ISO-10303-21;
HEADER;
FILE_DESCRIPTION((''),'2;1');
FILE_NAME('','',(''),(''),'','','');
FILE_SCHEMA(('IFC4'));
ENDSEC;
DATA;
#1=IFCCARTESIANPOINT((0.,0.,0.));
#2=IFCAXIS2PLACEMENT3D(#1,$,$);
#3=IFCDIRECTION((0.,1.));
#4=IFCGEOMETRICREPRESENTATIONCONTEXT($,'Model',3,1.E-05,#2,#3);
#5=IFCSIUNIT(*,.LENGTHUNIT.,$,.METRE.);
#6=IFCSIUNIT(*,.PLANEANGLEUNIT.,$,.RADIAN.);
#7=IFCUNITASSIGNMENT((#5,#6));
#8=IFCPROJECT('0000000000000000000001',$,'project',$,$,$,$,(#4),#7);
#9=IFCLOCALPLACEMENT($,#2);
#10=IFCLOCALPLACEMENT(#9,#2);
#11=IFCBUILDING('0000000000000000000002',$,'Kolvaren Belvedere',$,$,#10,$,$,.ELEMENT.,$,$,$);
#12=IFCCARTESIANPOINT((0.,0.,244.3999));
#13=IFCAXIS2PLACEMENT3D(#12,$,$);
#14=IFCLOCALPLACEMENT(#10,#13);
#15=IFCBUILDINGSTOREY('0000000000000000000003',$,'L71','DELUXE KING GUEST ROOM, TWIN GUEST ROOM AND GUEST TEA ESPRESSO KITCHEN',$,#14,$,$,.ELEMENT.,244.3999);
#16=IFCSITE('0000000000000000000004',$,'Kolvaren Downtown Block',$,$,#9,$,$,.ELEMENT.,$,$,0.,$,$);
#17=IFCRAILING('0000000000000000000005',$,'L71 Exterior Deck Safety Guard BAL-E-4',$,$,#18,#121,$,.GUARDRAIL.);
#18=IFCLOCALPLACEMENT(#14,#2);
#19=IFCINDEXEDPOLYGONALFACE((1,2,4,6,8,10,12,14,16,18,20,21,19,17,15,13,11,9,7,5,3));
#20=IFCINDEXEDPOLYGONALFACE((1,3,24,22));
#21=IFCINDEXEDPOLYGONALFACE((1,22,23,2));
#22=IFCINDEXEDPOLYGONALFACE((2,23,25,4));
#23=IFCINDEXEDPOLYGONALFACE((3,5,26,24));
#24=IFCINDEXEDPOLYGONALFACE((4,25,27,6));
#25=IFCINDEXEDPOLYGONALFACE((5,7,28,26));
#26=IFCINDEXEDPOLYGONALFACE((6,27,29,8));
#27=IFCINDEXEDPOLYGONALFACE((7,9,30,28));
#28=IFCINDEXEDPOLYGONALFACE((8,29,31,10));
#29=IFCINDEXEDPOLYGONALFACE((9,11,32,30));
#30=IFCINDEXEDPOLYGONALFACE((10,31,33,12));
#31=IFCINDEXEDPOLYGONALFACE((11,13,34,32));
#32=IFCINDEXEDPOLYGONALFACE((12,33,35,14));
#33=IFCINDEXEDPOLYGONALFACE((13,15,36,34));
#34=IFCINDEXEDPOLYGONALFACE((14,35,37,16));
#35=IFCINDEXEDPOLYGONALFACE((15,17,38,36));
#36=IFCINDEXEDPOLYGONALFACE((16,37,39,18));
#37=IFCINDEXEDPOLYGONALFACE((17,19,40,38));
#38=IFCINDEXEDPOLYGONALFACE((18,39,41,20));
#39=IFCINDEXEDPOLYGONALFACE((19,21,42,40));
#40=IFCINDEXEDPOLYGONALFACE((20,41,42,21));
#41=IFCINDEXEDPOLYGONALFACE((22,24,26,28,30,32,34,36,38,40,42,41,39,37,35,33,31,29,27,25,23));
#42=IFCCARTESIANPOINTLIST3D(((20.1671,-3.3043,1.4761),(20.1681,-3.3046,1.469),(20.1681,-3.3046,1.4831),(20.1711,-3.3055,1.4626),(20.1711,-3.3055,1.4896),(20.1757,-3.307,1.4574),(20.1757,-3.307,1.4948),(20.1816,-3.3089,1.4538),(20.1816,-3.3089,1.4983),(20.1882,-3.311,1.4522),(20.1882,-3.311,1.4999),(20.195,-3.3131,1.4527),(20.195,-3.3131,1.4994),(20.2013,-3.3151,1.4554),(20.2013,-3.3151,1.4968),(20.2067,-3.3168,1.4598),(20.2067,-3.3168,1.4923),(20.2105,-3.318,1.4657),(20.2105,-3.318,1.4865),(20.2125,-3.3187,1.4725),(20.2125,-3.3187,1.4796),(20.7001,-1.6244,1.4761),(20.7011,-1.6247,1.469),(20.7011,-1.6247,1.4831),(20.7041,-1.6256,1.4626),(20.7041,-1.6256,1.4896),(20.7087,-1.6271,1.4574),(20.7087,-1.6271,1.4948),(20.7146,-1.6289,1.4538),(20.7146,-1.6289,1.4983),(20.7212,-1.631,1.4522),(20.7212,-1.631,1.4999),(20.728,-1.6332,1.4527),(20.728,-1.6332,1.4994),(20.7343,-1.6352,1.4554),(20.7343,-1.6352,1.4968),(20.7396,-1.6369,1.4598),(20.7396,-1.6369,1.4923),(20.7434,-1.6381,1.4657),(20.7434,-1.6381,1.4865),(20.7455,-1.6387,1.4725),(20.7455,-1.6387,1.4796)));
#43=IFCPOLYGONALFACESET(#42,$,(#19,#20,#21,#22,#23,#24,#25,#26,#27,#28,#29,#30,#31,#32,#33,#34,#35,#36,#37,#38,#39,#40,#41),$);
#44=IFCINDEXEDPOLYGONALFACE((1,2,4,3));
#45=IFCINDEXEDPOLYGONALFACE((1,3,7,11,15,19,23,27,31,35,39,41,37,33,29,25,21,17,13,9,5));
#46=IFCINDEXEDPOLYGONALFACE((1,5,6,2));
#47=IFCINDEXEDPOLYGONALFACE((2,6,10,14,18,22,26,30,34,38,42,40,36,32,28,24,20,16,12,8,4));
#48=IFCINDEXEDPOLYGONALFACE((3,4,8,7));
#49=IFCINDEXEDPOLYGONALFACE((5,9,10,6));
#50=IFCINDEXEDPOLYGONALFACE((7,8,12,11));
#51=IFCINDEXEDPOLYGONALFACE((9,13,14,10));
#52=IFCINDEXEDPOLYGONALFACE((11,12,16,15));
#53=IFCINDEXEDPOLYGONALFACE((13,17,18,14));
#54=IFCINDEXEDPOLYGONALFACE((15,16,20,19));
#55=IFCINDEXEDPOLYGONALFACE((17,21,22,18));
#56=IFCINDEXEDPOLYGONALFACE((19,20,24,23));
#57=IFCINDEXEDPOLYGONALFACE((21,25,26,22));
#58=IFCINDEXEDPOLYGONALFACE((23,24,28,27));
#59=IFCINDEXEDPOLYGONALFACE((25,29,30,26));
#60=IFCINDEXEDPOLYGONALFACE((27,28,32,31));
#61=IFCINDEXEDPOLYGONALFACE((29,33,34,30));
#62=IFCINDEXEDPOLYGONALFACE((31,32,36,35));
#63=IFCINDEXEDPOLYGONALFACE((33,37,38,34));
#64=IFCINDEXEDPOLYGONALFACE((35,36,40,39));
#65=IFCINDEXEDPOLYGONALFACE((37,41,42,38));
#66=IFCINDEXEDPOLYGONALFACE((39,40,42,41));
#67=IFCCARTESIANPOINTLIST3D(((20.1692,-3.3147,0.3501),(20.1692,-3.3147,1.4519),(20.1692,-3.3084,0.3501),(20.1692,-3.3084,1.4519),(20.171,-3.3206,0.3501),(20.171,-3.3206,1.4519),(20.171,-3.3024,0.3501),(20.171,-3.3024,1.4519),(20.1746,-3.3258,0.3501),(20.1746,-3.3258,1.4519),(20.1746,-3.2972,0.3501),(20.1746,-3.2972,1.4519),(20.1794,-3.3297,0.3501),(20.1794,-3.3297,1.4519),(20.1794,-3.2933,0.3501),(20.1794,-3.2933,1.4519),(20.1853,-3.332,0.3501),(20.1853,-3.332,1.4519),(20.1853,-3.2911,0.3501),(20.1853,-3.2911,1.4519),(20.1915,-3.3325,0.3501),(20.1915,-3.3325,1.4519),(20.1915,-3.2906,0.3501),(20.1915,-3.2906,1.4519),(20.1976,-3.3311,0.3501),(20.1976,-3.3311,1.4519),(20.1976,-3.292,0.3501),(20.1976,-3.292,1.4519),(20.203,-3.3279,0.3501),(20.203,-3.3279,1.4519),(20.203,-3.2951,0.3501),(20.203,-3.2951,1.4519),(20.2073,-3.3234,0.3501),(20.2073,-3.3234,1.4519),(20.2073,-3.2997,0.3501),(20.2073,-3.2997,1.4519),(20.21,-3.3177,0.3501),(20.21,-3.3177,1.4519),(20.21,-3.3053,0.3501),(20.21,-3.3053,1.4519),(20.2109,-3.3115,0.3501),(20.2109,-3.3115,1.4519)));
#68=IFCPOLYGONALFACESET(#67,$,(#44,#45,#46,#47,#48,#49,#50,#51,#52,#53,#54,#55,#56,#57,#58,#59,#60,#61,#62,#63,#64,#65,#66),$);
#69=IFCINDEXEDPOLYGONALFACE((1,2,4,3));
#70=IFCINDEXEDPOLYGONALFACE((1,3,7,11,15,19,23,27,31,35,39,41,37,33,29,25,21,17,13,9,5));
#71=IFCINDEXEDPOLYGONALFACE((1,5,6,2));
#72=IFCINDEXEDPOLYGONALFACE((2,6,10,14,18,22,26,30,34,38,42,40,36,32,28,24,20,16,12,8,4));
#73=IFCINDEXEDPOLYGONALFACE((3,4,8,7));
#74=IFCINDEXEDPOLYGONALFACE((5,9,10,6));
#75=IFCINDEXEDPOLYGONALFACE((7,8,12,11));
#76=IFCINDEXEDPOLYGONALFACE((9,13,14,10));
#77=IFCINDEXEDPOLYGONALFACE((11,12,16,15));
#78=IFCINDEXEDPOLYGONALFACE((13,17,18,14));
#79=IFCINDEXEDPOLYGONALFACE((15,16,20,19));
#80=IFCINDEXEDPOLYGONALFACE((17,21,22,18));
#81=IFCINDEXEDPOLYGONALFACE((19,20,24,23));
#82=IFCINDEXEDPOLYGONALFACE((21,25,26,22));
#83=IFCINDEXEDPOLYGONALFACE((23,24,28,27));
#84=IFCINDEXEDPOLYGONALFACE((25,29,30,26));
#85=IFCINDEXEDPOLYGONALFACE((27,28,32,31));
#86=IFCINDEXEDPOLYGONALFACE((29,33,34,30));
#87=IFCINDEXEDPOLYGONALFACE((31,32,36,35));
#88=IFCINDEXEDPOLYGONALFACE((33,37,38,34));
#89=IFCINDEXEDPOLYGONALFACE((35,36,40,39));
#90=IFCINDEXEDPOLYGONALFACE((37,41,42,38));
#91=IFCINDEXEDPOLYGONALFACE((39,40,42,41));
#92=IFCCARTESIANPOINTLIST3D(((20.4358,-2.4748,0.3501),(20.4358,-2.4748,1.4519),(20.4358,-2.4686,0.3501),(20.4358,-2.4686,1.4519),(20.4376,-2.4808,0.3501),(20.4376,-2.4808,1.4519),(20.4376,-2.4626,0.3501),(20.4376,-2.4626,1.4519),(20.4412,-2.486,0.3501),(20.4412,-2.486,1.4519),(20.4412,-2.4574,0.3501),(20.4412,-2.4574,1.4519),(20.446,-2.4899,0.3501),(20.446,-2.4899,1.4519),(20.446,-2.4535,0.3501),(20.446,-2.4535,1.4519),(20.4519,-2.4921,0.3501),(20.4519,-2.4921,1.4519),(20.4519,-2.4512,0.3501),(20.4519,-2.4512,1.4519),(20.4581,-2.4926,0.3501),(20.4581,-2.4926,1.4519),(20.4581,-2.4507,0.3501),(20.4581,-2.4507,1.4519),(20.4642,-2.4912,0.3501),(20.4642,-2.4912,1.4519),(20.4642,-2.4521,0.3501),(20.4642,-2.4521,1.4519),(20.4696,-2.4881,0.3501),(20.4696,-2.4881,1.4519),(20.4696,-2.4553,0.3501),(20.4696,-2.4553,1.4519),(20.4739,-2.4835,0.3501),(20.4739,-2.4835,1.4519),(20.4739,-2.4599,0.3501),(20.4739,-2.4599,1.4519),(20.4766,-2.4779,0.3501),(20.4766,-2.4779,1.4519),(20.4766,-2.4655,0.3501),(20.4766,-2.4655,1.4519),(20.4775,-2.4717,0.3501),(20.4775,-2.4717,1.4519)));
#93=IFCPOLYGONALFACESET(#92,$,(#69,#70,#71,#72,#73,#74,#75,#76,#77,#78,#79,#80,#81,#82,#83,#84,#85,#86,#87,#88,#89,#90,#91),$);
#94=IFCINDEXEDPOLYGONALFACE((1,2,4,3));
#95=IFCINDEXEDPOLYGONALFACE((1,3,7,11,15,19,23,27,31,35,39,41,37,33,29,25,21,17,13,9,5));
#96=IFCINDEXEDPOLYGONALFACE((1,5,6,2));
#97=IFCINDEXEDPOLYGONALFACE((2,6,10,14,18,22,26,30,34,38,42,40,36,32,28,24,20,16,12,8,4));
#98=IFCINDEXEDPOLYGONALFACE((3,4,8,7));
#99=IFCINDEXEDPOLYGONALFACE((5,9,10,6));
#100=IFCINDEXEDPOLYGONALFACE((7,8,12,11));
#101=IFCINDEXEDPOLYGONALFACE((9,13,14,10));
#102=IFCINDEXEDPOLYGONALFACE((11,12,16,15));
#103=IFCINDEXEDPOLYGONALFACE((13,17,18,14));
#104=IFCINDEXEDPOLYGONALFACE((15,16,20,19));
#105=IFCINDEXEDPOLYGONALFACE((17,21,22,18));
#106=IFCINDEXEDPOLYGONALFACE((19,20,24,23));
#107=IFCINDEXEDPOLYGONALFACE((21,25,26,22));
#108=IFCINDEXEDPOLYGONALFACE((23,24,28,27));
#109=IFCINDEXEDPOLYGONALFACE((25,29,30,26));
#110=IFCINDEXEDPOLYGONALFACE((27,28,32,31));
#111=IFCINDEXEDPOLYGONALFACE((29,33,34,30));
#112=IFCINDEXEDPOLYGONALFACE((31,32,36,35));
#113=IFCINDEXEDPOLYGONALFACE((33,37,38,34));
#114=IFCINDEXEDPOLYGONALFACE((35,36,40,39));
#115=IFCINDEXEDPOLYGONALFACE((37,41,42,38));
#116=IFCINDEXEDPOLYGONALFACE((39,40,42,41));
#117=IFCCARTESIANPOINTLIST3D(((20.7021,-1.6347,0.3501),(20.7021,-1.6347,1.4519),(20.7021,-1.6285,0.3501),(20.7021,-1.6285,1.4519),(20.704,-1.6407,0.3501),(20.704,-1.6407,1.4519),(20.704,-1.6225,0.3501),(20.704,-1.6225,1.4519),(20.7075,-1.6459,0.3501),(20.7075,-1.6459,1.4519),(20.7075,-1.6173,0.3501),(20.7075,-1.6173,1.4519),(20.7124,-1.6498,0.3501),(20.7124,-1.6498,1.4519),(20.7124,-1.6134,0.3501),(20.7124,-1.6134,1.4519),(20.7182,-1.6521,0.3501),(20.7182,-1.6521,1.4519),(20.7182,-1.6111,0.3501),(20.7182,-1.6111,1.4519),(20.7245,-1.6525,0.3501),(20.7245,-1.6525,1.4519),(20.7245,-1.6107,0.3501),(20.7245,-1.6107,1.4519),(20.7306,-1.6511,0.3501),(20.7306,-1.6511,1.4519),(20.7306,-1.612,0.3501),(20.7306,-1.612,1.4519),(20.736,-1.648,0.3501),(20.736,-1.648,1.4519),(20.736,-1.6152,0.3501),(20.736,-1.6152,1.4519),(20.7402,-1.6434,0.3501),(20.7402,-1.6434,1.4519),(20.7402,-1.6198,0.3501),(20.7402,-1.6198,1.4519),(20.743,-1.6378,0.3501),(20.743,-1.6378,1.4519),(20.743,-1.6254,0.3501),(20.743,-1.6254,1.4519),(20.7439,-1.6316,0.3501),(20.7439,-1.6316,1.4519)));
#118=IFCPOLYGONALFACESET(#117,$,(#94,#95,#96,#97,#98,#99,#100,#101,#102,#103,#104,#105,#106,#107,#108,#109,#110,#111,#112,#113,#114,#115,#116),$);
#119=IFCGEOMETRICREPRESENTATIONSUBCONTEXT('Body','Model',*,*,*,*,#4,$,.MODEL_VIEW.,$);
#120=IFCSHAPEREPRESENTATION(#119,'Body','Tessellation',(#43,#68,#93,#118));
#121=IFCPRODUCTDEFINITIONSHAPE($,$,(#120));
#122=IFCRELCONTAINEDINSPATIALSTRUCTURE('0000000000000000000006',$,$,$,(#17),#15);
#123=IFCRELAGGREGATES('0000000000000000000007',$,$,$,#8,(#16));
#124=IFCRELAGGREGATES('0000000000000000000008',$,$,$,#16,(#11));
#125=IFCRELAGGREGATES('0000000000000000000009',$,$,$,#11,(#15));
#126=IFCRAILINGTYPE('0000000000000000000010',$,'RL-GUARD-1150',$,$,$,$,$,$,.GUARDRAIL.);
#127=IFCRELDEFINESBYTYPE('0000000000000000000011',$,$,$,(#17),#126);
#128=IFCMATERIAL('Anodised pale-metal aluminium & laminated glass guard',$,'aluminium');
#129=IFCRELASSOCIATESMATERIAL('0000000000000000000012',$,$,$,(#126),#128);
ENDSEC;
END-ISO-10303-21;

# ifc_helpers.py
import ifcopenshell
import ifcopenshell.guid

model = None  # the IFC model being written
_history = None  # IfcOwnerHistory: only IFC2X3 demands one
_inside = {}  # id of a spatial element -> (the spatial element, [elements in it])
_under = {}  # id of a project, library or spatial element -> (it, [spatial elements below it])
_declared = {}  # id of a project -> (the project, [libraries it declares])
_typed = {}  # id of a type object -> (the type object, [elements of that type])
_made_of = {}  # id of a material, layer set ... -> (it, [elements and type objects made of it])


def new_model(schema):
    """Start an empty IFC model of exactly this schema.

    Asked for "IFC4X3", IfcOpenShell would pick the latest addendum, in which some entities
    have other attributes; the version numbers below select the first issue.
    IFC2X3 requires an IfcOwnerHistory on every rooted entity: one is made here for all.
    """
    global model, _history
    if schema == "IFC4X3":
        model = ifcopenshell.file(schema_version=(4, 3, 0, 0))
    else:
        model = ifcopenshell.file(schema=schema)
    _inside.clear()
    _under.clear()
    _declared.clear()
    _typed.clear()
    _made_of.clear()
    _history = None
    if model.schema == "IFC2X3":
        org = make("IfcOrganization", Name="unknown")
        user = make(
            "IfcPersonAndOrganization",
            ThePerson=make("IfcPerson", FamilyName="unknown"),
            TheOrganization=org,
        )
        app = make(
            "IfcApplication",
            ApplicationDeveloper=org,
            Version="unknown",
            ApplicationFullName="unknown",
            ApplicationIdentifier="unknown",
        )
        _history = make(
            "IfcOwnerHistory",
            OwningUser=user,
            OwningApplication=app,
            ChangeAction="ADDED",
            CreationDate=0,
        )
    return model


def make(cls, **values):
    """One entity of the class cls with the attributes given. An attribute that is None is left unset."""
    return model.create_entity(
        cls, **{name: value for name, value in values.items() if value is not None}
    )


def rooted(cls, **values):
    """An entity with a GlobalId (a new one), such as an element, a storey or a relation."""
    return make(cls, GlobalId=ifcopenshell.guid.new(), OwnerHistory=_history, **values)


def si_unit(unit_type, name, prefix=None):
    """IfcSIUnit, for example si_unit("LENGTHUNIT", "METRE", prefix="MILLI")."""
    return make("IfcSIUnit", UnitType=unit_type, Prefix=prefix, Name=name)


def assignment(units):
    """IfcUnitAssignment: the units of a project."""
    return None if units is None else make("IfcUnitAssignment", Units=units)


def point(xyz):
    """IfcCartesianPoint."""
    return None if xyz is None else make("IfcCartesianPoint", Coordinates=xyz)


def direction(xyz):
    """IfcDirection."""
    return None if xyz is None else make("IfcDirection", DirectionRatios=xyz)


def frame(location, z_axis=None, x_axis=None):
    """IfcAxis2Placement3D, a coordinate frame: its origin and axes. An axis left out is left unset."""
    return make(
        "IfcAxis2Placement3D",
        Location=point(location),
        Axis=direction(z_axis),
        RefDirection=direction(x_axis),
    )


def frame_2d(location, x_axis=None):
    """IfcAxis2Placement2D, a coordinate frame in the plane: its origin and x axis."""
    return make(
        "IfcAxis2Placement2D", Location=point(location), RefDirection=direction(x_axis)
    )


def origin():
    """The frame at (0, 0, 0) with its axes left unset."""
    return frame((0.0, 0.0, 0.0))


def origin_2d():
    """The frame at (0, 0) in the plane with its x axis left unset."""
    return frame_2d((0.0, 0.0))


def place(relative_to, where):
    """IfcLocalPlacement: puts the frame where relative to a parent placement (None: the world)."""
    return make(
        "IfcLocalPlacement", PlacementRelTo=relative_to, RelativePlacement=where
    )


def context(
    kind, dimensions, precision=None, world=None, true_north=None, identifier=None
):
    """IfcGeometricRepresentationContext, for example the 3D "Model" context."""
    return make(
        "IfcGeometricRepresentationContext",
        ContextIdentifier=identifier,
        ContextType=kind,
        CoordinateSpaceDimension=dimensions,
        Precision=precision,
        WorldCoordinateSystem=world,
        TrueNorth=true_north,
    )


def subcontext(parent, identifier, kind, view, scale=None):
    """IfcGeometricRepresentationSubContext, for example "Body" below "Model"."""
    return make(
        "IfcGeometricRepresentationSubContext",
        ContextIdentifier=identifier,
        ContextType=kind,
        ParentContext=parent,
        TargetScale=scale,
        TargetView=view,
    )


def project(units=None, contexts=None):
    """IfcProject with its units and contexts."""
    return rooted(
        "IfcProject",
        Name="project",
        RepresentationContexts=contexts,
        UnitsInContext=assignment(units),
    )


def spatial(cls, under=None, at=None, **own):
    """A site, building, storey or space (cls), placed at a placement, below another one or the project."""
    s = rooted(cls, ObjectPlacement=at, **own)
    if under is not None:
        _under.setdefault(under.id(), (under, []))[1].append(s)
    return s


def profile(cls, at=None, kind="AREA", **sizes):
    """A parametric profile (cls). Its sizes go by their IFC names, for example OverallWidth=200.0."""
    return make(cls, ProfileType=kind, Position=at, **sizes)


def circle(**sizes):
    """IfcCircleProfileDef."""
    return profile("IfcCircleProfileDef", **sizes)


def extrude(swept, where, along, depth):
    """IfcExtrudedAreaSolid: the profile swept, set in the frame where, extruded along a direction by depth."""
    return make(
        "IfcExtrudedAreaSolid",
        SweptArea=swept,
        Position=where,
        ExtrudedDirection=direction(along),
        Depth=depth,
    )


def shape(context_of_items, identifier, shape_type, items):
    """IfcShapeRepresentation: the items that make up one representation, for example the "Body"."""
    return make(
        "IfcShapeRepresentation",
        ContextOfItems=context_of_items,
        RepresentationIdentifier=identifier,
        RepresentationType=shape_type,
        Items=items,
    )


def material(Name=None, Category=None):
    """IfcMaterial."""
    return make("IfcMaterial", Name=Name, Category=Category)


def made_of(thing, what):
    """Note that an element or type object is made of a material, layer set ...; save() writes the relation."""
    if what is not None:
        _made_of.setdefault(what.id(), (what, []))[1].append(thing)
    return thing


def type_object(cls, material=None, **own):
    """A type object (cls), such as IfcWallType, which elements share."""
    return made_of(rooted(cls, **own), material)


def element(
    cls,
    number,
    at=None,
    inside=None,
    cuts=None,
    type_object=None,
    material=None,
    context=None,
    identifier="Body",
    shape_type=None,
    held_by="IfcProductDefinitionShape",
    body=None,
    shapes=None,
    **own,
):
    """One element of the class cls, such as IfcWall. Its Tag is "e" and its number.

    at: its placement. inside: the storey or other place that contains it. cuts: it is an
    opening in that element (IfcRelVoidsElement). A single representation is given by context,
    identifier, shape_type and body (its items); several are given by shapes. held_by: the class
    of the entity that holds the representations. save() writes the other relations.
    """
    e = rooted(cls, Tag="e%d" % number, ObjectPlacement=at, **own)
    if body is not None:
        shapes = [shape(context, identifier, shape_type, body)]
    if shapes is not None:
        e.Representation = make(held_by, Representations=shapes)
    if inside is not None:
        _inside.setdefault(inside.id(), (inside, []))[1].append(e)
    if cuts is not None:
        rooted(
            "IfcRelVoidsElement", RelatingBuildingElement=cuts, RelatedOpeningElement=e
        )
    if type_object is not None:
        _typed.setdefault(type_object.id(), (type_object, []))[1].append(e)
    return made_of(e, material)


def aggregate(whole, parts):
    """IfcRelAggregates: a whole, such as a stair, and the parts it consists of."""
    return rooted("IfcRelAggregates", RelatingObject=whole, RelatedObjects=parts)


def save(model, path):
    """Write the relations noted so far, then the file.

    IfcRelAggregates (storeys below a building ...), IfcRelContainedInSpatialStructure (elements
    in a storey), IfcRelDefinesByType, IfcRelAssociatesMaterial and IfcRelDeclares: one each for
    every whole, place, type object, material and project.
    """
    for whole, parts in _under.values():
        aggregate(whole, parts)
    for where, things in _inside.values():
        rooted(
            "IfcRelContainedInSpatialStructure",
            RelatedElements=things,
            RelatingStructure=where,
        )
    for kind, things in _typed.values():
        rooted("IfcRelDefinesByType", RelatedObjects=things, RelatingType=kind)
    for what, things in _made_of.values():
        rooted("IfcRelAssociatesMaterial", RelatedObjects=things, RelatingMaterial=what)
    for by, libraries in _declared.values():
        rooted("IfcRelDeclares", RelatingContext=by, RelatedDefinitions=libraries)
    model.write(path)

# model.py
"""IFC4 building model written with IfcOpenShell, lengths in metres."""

from ifc_helpers import new_model, si_unit, direction, frame, origin, origin_2d, place, context, subcontext, project, spatial, circle, extrude, material, type_object, element, save


model = new_model("IFC4")

# Units and contexts
model_context = context("Model", 3, precision=1e-05, world=origin(), true_north=direction((0.0, 1.0)))
body_context = subcontext(model_context, "Body", "Model", "MODEL_VIEW")
ifc_project = project(units=[si_unit("LENGTHUNIT", "METRE"), si_unit("PLANEANGLEUNIT", "RADIAN")], contexts=[model_context])

# Site, building, storey
site_placement = place(None, origin())
site = spatial("IfcSite", under=ifc_project, at=site_placement, Name="Kolvaren Downtown Block", CompositionType="ELEMENT", RefElevation=0.0)
building_placement = place(site_placement, origin())
building = spatial("IfcBuilding", under=site, at=building_placement, Name="Kolvaren Belvedere", CompositionType="ELEMENT")
storey_placement = place(building_placement, frame((0.0, 0.0, 244.3999)))
storey = spatial("IfcBuildingStorey", under=building, at=storey_placement, Name="L71", Description="DELUXE KING GUEST ROOM, TWIN GUEST ROOM AND GUEST TEA ESPRESSO KITCHEN", CompositionType="ELEMENT", Elevation=244.3999)

# Railing
ifc_material_1 = material(Name="Anodised pale-metal aluminium & laminated glass guard", Category="aluminium")
railing_type = type_object("IfcRailingType", Name="RL-GUARD-1150", PredefinedType="GUARDRAIL", material=ifc_material_1)
railing_1_placement = place(storey_placement, frame((20.1899, -3.3115, 0.3501)))
element("IfcRailing", 1, at=railing_1_placement, inside=storey, type_object=railing_type, Name="L71 Exterior Deck Safety Guard BAL-E-4", PredefinedType="GUARDRAIL", context=body_context, shape_type="SweptSolid", body=[
    extrude(circle(Radius=0.0239, at=origin_2d()), frame((0.0, 0.0, 1.126), z_axis=(0.302397, 0.953182, 0.0), x_axis=(-0.953182, 0.302397, 0.0)), (0.0, 0.0, 1.0), 1.7625),
    extrude(circle(Radius=0.021, at=origin_2d()), origin(), (0.0, 0.0, 1.0), 1.1018),
    extrude(circle(Radius=0.021, at=origin_2d()), frame((0.2666, 0.8398, 0.0)), (0.0, 0.0, 1.0), 1.1018),
    extrude(circle(Radius=0.021, at=origin_2d()), frame((0.533, 1.6799, 0.0)), (0.0, 0.0, 1.0), 1.1018),
])

save(model, "model.ifc")
